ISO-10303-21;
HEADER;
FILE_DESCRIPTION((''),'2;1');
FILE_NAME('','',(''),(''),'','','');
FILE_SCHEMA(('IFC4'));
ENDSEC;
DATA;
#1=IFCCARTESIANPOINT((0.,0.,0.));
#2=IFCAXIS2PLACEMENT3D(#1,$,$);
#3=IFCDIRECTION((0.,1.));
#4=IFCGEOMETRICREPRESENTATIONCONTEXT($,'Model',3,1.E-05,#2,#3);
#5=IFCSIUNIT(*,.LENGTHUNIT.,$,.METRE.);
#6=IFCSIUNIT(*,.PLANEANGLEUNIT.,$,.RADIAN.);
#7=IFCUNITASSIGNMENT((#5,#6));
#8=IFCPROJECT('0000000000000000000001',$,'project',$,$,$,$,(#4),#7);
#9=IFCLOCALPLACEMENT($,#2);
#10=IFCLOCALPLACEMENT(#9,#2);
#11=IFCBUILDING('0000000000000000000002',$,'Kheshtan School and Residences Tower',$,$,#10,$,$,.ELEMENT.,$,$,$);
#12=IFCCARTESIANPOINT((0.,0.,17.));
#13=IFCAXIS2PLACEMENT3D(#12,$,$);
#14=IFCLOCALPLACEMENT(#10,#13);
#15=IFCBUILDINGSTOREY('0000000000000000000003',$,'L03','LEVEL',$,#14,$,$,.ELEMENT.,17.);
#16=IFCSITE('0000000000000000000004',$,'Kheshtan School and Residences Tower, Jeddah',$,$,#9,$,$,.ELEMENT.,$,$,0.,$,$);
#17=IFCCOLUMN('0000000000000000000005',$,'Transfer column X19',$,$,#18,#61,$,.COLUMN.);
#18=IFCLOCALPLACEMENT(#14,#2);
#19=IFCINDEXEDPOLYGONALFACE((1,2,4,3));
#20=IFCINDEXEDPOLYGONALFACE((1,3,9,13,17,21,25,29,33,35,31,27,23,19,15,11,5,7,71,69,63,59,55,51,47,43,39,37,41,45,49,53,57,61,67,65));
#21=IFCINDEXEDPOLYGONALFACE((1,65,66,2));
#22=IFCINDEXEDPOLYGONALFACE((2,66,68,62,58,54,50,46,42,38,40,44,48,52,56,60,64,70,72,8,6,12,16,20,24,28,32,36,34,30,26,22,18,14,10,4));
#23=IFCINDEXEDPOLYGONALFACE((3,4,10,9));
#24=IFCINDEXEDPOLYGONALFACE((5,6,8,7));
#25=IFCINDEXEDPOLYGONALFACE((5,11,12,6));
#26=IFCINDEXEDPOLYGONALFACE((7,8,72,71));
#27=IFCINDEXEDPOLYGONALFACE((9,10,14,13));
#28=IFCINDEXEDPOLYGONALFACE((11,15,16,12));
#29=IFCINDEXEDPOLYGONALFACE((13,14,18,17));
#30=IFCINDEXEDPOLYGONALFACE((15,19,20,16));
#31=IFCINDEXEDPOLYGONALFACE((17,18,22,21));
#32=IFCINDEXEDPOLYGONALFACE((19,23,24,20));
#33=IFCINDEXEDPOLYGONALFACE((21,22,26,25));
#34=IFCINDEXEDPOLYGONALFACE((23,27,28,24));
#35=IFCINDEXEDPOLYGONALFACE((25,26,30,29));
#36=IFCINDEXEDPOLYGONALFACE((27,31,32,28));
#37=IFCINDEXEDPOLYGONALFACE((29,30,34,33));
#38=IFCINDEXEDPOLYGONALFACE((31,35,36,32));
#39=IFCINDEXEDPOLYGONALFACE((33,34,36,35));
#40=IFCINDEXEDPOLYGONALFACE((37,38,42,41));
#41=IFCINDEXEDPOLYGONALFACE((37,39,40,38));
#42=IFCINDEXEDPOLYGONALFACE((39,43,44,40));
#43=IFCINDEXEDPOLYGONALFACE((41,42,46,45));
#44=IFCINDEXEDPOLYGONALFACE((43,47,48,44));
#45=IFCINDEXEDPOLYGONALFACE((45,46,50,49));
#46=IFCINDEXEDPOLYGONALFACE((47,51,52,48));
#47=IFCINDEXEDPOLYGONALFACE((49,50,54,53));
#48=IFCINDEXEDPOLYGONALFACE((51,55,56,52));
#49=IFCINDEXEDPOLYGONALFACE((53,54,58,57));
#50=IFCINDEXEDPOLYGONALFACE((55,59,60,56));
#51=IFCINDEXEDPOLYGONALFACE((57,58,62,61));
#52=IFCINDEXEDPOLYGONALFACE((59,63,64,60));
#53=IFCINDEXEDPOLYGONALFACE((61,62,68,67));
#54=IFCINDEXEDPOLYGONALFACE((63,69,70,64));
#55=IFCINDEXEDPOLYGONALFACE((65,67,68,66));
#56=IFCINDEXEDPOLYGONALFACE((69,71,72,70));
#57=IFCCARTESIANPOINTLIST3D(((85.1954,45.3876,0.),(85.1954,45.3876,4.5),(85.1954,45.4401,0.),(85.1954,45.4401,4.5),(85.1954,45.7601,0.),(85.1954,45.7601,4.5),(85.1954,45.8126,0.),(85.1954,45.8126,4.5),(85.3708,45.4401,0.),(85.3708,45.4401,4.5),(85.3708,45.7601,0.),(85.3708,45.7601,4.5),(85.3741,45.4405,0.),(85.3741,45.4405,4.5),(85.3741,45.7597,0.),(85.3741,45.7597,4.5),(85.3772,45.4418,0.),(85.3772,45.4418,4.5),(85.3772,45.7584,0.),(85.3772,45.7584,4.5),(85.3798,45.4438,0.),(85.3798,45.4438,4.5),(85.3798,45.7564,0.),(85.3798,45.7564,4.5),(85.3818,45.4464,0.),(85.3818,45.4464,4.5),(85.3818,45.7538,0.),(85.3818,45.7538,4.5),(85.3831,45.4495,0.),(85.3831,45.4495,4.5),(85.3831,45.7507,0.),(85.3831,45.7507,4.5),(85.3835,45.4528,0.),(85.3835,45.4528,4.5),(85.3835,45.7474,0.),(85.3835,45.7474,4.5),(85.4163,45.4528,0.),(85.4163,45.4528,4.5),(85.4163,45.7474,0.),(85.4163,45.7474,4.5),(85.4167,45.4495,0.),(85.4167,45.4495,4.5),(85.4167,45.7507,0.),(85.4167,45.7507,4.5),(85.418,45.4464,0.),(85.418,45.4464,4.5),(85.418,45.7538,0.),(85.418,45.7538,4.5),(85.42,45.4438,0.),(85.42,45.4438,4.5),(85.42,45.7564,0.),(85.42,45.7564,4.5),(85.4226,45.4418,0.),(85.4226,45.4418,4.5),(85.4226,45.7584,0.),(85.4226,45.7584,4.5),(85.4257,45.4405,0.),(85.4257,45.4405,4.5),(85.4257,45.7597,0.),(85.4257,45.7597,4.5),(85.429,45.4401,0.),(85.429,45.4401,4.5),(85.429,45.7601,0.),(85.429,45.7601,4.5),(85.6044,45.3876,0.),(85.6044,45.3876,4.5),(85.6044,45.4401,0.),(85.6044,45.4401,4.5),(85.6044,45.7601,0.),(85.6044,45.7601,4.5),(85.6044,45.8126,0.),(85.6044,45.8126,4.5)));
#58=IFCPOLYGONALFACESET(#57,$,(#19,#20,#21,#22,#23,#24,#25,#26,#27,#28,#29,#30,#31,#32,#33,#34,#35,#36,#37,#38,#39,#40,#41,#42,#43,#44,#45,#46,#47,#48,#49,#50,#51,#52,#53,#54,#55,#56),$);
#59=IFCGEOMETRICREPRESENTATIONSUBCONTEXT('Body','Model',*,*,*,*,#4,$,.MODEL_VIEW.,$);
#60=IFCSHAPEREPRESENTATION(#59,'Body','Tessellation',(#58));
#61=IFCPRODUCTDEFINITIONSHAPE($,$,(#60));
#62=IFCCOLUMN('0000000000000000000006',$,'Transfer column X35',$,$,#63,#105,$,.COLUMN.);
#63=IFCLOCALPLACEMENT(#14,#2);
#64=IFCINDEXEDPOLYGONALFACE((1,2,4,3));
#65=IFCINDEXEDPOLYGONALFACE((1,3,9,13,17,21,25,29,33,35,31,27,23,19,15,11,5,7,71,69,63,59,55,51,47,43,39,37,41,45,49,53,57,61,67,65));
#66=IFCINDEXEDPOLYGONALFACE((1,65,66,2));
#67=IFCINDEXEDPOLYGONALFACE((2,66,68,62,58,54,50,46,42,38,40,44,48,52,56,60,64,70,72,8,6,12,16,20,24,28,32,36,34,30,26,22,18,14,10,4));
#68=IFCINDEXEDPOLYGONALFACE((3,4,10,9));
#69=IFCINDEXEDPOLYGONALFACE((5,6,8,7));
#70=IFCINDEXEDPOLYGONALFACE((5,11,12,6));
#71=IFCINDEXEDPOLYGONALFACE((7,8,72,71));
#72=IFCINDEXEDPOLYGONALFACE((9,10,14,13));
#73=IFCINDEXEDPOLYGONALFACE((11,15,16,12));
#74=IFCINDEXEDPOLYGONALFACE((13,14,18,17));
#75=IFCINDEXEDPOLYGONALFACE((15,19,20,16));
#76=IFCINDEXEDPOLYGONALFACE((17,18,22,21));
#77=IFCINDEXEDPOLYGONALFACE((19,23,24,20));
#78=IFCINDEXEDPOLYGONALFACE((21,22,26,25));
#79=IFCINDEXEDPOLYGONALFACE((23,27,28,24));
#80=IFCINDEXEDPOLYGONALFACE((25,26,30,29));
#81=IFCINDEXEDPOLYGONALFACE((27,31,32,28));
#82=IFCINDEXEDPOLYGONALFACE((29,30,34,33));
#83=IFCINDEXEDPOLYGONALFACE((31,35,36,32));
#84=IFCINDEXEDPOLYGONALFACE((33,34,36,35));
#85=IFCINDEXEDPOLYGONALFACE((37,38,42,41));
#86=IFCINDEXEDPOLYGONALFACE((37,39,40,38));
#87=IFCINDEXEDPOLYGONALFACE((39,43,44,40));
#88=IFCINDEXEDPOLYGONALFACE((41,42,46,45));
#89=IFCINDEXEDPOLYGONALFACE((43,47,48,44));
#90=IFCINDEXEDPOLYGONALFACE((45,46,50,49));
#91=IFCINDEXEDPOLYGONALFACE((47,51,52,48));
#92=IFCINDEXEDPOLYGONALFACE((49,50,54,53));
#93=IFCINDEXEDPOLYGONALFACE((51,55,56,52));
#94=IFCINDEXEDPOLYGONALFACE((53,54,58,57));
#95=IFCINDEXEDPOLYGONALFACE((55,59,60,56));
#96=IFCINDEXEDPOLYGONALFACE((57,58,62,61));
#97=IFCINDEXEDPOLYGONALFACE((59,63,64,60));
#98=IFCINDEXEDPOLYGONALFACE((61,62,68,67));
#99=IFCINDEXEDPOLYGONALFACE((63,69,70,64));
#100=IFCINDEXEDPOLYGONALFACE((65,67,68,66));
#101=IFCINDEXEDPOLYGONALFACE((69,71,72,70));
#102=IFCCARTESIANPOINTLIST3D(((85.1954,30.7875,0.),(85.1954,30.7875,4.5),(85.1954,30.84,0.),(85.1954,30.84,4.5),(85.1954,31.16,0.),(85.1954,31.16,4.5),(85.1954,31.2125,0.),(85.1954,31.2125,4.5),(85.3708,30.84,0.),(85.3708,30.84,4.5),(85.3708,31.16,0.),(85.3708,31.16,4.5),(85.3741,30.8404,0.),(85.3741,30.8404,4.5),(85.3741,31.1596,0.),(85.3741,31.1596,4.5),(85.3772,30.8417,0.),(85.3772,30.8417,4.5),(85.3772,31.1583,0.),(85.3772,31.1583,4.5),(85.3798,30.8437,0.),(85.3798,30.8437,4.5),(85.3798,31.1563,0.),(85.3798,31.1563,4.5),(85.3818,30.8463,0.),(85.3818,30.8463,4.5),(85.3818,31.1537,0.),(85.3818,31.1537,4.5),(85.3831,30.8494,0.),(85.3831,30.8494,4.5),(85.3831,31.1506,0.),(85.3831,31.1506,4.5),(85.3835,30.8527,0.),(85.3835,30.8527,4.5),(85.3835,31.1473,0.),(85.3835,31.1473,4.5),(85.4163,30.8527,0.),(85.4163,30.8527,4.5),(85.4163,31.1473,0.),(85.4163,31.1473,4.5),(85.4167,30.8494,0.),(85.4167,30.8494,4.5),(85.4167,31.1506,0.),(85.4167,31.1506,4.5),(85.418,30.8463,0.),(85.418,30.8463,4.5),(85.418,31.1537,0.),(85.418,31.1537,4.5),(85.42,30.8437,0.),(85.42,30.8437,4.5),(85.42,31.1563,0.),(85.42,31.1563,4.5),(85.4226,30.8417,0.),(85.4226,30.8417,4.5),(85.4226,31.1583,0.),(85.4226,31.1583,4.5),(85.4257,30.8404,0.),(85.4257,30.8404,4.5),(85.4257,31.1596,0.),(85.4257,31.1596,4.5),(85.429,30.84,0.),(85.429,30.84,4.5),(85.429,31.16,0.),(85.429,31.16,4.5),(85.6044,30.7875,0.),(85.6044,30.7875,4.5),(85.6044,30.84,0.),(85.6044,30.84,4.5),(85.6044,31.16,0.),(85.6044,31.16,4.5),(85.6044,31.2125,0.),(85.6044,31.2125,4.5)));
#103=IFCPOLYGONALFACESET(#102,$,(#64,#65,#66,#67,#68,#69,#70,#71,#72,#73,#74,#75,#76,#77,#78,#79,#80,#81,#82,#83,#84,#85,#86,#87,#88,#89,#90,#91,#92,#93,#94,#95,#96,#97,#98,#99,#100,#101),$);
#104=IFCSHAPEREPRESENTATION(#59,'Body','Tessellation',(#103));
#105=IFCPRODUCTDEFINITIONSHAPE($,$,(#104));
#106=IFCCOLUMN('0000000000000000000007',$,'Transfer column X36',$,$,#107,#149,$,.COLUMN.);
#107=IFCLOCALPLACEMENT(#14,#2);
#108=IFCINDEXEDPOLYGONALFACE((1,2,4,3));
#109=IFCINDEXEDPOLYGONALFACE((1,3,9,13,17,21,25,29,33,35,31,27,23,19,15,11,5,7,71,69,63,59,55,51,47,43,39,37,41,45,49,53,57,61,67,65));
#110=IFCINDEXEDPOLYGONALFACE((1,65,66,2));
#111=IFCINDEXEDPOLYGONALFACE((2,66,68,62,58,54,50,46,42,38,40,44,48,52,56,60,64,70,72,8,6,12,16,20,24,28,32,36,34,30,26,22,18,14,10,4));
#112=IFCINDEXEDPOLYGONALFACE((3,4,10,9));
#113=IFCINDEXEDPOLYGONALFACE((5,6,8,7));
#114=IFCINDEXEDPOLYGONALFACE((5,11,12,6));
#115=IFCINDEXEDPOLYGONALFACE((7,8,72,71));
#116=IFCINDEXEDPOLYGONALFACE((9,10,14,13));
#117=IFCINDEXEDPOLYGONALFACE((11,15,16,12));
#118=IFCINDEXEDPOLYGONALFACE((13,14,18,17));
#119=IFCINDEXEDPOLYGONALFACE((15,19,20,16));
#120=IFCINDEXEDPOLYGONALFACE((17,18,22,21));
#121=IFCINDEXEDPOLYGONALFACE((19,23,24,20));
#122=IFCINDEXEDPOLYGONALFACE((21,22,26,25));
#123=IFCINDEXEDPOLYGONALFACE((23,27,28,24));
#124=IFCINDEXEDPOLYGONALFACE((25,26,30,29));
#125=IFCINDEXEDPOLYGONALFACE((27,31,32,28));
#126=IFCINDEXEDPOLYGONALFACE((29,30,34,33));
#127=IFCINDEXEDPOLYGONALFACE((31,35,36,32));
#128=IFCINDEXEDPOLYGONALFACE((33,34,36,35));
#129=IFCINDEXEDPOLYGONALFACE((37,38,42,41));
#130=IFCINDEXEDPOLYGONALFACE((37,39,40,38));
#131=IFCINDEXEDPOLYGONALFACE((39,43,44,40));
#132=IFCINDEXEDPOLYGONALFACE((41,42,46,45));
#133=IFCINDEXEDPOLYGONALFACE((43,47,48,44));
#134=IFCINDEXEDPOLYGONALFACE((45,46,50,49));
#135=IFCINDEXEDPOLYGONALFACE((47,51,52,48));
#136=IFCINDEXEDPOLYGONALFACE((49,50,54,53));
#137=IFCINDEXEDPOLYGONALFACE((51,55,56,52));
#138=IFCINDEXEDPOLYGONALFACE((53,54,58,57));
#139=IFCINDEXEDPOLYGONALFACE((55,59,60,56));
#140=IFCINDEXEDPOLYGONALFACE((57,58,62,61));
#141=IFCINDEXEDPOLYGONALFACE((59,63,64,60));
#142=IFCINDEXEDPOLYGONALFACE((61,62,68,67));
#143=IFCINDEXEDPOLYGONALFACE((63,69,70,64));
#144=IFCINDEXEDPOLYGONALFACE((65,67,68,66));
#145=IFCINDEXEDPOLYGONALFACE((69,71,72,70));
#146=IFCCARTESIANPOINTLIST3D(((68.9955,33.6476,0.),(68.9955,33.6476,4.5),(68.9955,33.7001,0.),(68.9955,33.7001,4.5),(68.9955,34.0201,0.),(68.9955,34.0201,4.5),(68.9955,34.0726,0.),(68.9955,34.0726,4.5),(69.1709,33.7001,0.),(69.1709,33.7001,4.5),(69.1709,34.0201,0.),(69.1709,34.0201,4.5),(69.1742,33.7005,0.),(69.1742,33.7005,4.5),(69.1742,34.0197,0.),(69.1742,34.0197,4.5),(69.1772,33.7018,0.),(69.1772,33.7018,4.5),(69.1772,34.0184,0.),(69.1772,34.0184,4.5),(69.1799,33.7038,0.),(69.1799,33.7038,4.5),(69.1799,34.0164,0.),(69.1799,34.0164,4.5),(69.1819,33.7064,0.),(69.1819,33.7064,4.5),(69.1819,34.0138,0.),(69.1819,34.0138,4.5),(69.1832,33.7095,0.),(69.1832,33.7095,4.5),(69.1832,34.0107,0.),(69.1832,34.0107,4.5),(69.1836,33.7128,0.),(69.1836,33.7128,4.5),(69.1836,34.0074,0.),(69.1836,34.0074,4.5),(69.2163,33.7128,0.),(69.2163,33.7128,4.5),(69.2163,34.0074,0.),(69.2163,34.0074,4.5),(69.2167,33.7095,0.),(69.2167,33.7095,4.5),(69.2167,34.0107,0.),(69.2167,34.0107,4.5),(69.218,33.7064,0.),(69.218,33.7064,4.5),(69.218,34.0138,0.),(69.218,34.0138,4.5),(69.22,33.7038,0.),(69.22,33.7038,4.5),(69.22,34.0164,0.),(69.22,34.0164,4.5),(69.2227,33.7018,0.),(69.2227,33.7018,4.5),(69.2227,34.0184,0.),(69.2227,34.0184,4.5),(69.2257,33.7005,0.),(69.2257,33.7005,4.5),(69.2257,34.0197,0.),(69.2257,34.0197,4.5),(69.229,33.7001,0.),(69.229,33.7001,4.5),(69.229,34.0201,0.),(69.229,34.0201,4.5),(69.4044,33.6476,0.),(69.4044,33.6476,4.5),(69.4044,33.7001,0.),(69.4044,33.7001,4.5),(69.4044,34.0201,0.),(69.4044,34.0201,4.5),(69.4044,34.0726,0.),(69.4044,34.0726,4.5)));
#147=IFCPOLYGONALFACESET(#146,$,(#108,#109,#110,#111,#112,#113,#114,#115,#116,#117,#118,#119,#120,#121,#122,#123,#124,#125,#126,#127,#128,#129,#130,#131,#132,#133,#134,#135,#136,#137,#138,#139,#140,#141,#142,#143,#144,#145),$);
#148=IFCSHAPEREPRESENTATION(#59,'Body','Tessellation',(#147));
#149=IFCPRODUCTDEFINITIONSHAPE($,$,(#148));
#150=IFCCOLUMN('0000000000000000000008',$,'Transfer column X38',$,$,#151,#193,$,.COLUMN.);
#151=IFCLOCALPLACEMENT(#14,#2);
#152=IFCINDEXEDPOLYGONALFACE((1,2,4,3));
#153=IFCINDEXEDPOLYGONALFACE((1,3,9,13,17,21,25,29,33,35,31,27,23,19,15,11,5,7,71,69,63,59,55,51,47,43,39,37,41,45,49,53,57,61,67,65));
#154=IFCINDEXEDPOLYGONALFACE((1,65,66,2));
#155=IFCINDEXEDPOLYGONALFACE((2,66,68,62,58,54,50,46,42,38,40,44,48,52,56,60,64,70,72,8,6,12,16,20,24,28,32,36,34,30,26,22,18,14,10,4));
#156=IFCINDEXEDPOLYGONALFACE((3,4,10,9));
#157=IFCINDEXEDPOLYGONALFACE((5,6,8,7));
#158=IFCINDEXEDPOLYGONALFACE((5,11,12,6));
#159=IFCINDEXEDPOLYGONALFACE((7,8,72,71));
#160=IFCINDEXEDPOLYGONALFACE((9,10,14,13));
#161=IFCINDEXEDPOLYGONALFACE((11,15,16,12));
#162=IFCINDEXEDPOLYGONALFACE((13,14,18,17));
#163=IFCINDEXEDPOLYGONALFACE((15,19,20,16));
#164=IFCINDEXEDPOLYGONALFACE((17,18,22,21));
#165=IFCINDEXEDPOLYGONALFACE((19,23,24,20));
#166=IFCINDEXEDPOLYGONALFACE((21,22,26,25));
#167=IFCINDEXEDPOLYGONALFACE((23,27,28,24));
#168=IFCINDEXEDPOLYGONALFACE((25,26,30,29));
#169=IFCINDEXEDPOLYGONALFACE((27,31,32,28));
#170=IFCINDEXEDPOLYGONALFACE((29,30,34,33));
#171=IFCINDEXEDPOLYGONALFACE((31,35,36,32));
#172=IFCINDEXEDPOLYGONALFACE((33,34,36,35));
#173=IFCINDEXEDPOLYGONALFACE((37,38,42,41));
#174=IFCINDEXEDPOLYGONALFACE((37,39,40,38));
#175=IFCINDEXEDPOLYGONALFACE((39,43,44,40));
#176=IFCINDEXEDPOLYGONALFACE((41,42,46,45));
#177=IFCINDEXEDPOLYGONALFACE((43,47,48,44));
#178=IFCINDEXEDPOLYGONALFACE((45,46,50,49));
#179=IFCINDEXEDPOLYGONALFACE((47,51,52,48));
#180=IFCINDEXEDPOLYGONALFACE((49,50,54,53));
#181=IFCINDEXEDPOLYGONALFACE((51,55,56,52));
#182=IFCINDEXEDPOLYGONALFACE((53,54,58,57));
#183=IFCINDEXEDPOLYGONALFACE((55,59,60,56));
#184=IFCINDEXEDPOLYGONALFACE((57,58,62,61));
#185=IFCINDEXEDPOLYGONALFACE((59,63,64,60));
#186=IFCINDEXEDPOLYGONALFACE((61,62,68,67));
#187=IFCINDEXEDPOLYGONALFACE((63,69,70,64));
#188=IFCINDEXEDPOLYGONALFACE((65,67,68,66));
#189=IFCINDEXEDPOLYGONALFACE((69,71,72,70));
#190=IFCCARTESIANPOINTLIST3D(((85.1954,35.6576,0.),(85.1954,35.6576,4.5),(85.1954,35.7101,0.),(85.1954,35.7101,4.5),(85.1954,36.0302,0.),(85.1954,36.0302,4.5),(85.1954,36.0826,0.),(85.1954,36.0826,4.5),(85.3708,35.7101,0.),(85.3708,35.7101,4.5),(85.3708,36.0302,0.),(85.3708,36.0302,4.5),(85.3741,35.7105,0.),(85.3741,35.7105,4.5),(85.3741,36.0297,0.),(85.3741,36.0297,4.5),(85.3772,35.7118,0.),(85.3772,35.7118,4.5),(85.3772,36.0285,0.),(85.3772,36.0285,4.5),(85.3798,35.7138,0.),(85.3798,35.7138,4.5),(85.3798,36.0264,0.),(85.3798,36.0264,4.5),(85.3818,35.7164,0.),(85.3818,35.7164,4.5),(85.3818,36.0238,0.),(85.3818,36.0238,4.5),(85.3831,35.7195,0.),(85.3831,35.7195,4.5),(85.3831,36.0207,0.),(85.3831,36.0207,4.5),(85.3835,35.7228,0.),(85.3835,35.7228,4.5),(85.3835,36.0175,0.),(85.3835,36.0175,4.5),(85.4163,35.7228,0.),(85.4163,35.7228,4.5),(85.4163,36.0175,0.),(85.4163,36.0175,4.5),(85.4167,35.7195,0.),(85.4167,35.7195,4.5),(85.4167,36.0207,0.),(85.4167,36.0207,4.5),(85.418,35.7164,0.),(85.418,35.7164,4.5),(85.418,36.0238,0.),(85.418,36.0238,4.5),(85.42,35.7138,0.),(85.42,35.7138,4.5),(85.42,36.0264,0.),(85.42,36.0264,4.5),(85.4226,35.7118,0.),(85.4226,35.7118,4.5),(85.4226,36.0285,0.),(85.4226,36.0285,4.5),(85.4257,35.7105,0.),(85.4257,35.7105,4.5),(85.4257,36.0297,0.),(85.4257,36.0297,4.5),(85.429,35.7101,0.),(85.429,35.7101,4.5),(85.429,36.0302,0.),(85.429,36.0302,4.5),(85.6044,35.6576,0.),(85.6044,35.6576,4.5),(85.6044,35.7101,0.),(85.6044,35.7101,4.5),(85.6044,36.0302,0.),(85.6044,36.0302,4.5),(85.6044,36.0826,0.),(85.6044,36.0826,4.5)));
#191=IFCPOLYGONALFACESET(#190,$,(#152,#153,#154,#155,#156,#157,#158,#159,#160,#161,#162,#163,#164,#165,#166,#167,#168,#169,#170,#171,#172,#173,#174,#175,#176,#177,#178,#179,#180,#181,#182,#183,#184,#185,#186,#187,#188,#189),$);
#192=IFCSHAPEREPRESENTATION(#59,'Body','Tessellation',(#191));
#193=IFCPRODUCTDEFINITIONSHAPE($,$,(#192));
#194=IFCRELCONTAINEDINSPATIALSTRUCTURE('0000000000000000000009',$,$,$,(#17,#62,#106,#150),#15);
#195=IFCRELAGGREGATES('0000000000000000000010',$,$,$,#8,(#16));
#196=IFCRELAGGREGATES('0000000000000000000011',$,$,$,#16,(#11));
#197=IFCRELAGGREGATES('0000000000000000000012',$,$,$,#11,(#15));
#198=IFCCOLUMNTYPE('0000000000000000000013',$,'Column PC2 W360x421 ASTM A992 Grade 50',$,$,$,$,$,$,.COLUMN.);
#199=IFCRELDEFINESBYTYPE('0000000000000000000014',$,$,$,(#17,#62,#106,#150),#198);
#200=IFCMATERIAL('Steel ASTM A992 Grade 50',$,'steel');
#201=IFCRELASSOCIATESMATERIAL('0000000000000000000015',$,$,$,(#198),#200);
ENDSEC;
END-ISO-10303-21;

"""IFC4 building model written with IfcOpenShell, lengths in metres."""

from ifc_helpers import new_model, si_unit, direction, frame, origin, origin_2d, place, context, subcontext, project, spatial, i_section, extrude, material, material_profile, profile_set, type_object, element, save


model = new_model("IFC4")

# Units and contexts
model_context = context("Model", 3, precision=1e-05, world=origin(), true_north=direction((0.0, 1.0)))
body_context = subcontext(model_context, "Body", "Model", "MODEL_VIEW")
ifc_project = project(units=[si_unit("LENGTHUNIT", "METRE"), si_unit("PLANEANGLEUNIT", "RADIAN")], contexts=[model_context])

# Site, building, storey
site_placement = place(None, origin())
site = spatial("IfcSite", under=ifc_project, at=site_placement, Name="Kheshtan School and Residences Tower, Jeddah", CompositionType="ELEMENT", RefElevation=0.0)
building_placement = place(site_placement, origin())
building = spatial("IfcBuilding", under=site, at=building_placement, Name="Kheshtan School and Residences Tower", CompositionType="ELEMENT")
storey_placement = place(building_placement, frame((0.0, 0.0, 17.0)))
storey = spatial("IfcBuildingStorey", under=building, at=storey_placement, Name="L03", Description="LEVEL", CompositionType="ELEMENT", Elevation=17.0)

# Columns
ifc_material_1 = material(Name="Steel ASTM A992 Grade 50", Category="steel")
ifc_material_profile_1 = material_profile(ifc_material_1, i_section(OverallWidth=0.4089, OverallDepth=0.425, WebThickness=0.0327, FlangeThickness=0.0525, FilletRadius=0.0127, at=origin_2d()), Name="W360x421")
ifc_profile_set_1 = profile_set([ifc_material_profile_1], Name="Steel ASTM A992 Grade 50")
column_type = type_object("IfcColumnType", Name="Column PC2 W360x421 ASTM A992 Grade 50", PredefinedType="COLUMN", material=ifc_profile_set_1)
for number, where, z_axis, x_axis, name in (
    (1, (85.3999, 45.6001, 0.0), (0.0, 0.0, 1.0), (1.0, 0.0, 0.0), "Transfer column X19"),
    (2, (85.3999, 31.0, 0.0), (0.0, 0.0, 1.0), (1.0, 0.0, 0.0), "Transfer column X35"),
    (3, (69.2, 33.8601, 0.0), (0.0, 0.0, 1.0), (1.0, 0.0, 0.0), "Transfer column X36"),
    (4, (85.3999, 35.8701, 0.0), (0.0, 0.0, 1.0), (1.0, 0.0, 0.0), "Transfer column X38"),
):
    element("IfcColumn", number, at=place(storey_placement, frame(where, z_axis=z_axis, x_axis=x_axis)), inside=storey, type_object=column_type, Name=name, PredefinedType="COLUMN", context=body_context, shape_type="SweptSolid", body=[
        extrude(i_section(OverallWidth=0.4089, OverallDepth=0.425, WebThickness=0.0327, FlangeThickness=0.0525, FilletRadius=0.0127, at=origin_2d()), origin(), (0.0, 0.0, 1.0), 4.5),
    ])

save(model, "model.ifc")
